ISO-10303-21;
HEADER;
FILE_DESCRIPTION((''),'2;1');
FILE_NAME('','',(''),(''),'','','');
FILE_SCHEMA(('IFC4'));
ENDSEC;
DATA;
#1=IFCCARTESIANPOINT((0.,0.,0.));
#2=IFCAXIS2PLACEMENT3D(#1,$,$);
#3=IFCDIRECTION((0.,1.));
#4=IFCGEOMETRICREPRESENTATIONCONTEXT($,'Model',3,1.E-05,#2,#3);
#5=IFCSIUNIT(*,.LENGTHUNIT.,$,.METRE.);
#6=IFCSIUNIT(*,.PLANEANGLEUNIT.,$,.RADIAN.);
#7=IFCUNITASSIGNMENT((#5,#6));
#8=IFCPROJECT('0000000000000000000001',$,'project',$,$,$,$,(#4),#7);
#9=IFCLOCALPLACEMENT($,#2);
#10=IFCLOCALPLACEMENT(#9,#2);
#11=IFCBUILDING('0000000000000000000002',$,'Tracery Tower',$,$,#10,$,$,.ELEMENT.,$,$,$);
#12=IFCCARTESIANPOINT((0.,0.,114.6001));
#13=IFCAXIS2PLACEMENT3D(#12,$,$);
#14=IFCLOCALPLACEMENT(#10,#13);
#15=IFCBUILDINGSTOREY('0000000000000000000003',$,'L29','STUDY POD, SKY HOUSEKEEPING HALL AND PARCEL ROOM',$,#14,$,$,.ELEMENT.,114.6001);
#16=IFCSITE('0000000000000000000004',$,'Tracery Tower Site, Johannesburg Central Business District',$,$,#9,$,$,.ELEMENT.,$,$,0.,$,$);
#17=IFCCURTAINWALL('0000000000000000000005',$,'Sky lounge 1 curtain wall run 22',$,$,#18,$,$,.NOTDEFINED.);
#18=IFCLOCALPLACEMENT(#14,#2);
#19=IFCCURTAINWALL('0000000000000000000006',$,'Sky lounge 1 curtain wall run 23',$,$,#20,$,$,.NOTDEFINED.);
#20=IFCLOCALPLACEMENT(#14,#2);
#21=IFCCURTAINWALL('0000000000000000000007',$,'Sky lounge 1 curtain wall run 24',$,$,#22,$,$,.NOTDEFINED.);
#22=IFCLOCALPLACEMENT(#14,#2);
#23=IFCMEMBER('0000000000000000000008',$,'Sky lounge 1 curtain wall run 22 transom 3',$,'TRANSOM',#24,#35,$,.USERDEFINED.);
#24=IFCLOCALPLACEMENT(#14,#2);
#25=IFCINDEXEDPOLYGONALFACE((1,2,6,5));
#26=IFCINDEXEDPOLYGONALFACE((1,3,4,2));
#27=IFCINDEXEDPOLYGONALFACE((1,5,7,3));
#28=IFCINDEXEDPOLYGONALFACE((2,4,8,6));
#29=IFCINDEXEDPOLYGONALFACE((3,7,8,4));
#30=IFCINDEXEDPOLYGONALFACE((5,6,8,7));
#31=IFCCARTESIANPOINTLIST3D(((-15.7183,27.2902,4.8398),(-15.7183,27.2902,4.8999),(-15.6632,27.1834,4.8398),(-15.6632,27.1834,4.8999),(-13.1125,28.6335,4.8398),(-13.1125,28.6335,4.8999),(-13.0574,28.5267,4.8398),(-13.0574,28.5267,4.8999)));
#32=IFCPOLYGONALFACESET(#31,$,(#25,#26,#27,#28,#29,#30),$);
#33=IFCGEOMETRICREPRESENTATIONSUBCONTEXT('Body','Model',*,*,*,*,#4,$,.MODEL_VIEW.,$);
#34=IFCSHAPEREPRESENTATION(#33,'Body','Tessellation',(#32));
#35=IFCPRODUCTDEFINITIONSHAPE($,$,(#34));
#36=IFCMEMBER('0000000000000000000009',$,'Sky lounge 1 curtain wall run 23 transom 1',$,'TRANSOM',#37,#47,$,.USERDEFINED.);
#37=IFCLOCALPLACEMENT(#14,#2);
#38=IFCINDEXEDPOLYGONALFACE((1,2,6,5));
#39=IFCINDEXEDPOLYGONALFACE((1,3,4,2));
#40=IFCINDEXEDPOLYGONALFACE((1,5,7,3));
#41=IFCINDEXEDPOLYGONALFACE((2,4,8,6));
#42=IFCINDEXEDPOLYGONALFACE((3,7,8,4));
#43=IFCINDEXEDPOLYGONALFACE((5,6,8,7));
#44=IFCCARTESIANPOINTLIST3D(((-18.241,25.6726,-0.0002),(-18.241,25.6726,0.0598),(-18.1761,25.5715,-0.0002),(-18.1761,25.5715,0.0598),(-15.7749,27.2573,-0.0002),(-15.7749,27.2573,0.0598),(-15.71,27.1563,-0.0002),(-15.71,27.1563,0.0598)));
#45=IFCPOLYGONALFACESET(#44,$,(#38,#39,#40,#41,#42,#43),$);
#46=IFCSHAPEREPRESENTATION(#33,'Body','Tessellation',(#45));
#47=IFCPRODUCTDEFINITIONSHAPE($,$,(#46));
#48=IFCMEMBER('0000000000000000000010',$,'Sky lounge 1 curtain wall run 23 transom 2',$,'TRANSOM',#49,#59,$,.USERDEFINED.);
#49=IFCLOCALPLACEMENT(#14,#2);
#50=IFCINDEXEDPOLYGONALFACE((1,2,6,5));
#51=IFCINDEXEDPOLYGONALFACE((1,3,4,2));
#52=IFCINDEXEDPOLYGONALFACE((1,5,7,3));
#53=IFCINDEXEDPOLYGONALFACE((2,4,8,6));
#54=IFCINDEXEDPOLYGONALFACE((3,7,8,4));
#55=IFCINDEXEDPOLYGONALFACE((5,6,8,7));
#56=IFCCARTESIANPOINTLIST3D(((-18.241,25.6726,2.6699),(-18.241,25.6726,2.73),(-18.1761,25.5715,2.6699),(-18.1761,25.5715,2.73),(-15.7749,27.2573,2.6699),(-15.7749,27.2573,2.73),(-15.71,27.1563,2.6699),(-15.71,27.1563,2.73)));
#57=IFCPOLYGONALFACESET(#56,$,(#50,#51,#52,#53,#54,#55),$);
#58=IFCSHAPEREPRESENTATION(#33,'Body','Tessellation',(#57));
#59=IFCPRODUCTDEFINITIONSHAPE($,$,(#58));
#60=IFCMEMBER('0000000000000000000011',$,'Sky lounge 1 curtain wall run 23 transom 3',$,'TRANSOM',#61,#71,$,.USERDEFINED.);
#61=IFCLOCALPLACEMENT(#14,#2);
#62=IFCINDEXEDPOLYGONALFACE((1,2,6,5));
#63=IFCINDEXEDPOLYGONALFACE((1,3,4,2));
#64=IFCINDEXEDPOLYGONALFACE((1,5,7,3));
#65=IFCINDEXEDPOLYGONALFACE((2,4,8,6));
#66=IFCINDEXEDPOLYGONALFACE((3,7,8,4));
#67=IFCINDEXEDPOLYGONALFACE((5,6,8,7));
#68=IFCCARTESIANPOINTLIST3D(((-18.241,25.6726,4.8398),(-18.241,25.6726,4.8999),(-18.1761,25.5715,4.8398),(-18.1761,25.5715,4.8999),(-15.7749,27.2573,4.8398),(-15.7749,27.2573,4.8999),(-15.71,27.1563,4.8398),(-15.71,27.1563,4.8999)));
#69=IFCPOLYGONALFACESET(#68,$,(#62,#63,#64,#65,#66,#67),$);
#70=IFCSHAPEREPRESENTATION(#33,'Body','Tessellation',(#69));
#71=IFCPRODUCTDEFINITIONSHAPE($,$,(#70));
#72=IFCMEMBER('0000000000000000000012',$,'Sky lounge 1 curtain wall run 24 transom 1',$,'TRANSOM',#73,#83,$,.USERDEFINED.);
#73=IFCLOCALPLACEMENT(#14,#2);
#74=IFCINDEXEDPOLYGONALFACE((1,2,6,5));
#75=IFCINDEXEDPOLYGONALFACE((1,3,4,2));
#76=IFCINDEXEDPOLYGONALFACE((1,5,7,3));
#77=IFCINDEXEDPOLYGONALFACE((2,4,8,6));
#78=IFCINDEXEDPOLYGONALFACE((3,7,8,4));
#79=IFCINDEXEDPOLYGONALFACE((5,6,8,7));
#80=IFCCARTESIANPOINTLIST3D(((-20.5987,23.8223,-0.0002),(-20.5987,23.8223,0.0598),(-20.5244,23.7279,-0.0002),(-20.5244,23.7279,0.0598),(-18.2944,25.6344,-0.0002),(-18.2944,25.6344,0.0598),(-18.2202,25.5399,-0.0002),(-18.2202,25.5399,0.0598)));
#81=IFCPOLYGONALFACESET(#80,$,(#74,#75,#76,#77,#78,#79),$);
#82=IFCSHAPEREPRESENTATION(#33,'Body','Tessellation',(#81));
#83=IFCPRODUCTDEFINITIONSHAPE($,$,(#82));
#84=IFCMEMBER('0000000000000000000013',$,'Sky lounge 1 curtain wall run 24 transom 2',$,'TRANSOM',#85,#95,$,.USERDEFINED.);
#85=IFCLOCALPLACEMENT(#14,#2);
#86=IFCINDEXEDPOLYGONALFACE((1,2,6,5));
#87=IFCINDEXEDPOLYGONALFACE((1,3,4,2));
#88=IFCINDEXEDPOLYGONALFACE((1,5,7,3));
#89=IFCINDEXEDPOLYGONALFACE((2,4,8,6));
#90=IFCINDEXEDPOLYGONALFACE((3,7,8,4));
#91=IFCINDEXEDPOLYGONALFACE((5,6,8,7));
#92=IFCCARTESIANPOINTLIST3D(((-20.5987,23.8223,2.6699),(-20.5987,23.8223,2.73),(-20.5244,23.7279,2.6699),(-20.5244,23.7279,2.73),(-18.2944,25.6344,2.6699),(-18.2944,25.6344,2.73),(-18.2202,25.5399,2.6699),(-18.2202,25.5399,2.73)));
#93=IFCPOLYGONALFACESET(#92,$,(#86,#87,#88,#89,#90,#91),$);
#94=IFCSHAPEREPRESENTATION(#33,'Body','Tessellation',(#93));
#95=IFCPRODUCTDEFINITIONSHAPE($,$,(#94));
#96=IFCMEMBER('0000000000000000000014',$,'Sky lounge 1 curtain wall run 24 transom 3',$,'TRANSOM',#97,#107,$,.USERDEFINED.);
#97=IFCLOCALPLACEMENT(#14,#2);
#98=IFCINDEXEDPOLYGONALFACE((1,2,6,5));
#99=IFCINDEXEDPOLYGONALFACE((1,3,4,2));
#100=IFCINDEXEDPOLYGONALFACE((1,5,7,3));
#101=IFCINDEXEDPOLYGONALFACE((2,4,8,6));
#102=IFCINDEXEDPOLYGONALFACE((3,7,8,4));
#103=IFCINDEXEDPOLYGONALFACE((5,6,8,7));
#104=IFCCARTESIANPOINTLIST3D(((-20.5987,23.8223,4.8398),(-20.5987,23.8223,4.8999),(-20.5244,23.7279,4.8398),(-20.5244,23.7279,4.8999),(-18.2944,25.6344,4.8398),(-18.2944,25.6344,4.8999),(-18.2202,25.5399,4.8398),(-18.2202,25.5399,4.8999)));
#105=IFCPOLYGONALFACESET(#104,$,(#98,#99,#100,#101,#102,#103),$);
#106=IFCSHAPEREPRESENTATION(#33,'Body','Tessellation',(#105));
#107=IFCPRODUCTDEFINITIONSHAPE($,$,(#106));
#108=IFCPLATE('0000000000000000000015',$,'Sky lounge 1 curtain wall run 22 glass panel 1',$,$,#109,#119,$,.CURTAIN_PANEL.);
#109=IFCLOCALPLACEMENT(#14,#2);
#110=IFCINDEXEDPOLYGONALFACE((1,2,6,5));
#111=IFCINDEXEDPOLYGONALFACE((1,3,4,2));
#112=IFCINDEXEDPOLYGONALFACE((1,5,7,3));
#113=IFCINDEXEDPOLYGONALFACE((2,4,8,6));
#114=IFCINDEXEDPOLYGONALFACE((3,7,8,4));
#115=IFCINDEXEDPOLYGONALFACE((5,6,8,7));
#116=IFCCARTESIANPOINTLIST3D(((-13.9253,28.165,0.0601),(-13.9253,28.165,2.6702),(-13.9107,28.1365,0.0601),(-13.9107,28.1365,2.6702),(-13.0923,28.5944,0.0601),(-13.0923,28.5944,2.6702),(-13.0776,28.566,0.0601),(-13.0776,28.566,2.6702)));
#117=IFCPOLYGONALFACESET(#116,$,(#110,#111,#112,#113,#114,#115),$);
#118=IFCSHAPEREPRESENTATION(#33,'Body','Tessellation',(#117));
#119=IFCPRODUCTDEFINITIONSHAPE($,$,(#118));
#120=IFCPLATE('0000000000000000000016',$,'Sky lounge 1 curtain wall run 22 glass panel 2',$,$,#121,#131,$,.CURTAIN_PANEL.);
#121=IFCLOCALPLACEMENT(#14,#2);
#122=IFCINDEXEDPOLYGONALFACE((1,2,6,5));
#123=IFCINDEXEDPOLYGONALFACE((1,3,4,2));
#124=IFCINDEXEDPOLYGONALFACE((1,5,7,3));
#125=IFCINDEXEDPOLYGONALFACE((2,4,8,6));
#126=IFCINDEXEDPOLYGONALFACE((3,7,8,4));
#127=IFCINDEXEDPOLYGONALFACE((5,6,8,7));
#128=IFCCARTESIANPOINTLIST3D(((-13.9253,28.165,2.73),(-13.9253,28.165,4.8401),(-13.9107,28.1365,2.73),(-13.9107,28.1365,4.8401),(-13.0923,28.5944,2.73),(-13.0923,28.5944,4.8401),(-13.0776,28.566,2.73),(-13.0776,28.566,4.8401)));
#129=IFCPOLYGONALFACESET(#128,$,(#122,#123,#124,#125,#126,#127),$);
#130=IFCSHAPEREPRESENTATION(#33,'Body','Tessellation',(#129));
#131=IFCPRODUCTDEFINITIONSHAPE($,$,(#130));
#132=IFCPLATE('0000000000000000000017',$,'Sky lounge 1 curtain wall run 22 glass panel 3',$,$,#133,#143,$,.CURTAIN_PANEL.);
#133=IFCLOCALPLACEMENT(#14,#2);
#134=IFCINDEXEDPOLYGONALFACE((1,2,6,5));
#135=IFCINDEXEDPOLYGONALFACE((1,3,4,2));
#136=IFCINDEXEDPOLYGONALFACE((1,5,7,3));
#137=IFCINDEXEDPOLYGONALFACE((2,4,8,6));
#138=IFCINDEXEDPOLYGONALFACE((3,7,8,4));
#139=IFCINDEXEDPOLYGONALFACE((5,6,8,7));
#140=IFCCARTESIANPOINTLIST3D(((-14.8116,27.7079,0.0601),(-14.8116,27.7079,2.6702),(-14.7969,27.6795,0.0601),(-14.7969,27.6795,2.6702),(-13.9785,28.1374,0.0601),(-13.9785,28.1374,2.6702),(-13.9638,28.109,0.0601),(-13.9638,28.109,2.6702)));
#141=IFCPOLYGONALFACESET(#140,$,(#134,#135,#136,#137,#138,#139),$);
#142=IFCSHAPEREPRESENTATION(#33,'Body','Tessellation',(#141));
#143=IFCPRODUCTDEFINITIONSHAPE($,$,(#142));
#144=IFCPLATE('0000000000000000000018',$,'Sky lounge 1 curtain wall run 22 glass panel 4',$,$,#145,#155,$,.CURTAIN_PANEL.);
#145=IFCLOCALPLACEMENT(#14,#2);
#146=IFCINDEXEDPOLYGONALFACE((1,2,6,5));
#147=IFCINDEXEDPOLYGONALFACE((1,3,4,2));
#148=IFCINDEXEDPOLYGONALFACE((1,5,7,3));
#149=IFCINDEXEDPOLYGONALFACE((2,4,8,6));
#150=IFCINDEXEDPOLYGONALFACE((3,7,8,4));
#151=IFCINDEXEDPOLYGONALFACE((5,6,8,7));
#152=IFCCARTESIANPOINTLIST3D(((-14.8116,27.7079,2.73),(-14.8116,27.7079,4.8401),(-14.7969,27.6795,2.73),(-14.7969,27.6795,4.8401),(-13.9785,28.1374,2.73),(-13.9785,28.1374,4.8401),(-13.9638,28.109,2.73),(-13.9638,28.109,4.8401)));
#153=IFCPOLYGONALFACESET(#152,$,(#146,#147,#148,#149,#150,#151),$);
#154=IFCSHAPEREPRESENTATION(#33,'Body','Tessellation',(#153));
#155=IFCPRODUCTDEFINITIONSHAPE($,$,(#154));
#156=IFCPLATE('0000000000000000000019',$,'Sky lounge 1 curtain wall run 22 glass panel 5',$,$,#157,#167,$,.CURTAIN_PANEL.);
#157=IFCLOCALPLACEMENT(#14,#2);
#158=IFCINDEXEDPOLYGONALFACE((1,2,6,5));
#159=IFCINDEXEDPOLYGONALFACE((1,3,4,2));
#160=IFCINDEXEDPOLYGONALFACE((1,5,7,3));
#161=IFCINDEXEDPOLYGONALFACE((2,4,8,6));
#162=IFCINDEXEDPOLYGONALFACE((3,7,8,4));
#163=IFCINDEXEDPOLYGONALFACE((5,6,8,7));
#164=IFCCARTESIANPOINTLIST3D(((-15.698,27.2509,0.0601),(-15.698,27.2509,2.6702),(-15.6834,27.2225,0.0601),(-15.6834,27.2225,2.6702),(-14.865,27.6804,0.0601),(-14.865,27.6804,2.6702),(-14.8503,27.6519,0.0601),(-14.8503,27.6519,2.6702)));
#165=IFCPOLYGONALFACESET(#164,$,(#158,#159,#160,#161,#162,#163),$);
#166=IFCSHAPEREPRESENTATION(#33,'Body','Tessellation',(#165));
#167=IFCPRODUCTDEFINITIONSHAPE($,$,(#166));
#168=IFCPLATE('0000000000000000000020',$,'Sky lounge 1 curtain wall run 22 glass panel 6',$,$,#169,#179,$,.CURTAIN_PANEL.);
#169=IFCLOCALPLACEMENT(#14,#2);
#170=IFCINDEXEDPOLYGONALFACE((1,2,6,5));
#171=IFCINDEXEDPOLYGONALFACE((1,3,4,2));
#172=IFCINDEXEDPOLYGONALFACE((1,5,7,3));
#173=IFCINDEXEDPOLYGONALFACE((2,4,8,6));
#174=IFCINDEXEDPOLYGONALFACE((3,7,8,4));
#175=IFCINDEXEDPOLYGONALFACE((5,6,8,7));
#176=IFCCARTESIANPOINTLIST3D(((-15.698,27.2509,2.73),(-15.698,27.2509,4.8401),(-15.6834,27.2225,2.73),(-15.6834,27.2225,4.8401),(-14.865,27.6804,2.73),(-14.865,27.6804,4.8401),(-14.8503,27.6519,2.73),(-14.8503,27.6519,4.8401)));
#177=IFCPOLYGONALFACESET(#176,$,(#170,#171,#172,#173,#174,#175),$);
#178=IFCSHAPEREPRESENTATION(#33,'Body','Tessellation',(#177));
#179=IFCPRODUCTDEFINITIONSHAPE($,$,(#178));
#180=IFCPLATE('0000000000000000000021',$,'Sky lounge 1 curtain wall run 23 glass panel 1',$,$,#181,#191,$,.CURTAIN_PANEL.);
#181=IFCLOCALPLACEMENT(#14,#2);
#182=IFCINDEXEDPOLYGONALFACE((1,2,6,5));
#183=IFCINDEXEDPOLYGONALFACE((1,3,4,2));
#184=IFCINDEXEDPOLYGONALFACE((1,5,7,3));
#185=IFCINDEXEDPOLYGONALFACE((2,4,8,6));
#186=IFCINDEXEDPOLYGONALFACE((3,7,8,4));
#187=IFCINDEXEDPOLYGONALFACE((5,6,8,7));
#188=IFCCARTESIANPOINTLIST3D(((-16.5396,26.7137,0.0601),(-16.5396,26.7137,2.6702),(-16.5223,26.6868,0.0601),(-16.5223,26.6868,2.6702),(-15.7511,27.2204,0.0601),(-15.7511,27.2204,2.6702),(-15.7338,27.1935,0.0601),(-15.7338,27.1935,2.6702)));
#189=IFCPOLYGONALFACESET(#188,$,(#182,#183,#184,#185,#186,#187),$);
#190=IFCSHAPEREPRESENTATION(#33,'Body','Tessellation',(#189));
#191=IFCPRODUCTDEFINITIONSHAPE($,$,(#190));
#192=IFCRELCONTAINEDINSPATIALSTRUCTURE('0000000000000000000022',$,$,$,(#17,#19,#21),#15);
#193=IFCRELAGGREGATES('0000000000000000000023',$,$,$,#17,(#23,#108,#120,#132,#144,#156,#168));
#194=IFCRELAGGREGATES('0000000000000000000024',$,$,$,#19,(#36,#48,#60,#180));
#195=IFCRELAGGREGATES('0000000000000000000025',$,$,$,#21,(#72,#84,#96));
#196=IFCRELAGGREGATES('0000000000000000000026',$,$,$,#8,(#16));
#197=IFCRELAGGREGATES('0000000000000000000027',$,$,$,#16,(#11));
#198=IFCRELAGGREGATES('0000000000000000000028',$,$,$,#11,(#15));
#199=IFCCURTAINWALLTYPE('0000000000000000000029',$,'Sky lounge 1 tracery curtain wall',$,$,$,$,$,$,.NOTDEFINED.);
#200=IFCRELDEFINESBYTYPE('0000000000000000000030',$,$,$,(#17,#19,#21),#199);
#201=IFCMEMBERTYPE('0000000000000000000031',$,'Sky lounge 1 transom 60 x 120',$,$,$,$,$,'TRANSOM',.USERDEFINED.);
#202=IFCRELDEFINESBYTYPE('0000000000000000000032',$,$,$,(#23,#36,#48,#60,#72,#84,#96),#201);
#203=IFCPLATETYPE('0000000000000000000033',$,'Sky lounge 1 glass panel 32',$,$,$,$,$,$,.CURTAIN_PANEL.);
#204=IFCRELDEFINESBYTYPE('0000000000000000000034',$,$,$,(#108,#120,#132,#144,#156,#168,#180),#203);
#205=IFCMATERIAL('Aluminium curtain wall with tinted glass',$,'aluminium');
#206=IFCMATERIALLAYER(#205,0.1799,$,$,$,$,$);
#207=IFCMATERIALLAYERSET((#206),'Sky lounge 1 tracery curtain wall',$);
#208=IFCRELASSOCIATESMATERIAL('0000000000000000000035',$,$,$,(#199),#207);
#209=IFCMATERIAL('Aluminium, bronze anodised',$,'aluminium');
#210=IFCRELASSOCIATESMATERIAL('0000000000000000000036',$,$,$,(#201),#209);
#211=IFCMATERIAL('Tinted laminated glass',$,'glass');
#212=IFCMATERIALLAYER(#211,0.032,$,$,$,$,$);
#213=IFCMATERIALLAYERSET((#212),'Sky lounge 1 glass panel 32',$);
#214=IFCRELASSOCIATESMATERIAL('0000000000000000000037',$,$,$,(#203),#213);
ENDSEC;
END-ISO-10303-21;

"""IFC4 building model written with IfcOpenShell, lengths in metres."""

from ifc_helpers import new_model, si_unit, direction, frame, origin, origin_2d, place, context, subcontext, project, spatial, rectangle, extrude, material, layer, layer_set, material_profile, profile_set, type_object, element, aggregate, save


model = new_model("IFC4")

# Units and contexts
model_context = context("Model", 3, precision=1e-05, world=origin(), true_north=direction((0.0, 1.0)))
body_context = subcontext(model_context, "Body", "Model", "MODEL_VIEW")
ifc_project = project(units=[si_unit("LENGTHUNIT", "METRE"), si_unit("PLANEANGLEUNIT", "RADIAN")], contexts=[model_context])

# Site, building, storey
site_placement = place(None, origin())
site = spatial("IfcSite", under=ifc_project, at=site_placement, Name="Tracery Tower Site, Johannesburg Central Business District", CompositionType="ELEMENT", RefElevation=0.0)
building_placement = place(site_placement, origin())
building = spatial("IfcBuilding", under=site, at=building_placement, Name="Tracery Tower", CompositionType="ELEMENT")
storey_placement = place(building_placement, frame((0.0, 0.0, 114.6001)))
storey = spatial("IfcBuildingStorey", under=building, at=storey_placement, Name="L29", Description="STUDY POD, SKY HOUSEKEEPING HALL AND PARCEL ROOM", CompositionType="ELEMENT", Elevation=114.6001)

# Curtain walls
ifc_material_1 = material(Name="Aluminium curtain wall with tinted glass", Category="aluminium")
ifc_layer_1 = layer(ifc_material_1, 0.1799)
ifc_layer_set_1 = layer_set([ifc_layer_1], Name="Sky lounge 1 tracery curtain wall")
curtain_wall_type = type_object("IfcCurtainWallType", Name="Sky lounge 1 tracery curtain wall", PredefinedType="NOTDEFINED", material=ifc_layer_set_1)
curtain_wall_1_placement = place(storey_placement, origin())
curtain_wall_1 = element("IfcCurtainWall", 1, at=curtain_wall_1_placement, inside=storey, type_object=curtain_wall_type, Name="Sky lounge 1 curtain wall run 22", PredefinedType="NOTDEFINED")
curtain_wall_2_placement = place(storey_placement, origin())
curtain_wall_2 = element("IfcCurtainWall", 2, at=curtain_wall_2_placement, inside=storey, type_object=curtain_wall_type, Name="Sky lounge 1 curtain wall run 23", PredefinedType="NOTDEFINED")
curtain_wall_3_placement = place(storey_placement, origin())
curtain_wall_3 = element("IfcCurtainWall", 3, at=curtain_wall_3_placement, inside=storey, type_object=curtain_wall_type, Name="Sky lounge 1 curtain wall run 24", PredefinedType="NOTDEFINED")

# Members
ifc_material_2 = material(Name="Aluminium, bronze anodised", Category="aluminium")
ifc_material_profile_1 = material_profile(ifc_material_2, rectangle(XDim=0.1201, YDim=0.0601, at=origin_2d()), Name="AL 60x120")
ifc_profile_set_1 = profile_set([ifc_material_profile_1], Name="Aluminium, bronze anodised")
member_type_1 = type_object("IfcMemberType", Name="Sky lounge 1 transom 60 x 120", ElementType="TRANSOM", PredefinedType="USERDEFINED", material=ifc_profile_set_1)
member_1_placement = place(storey_placement, frame((-13.085, 28.5801, 4.8699), z_axis=(-0.888846, -0.458206, 0.0), x_axis=(0.458206, -0.888846, 0.0)))
member_1 = element("IfcMember", 4, at=member_1_placement, type_object=member_type_1, Name="Sky lounge 1 curtain wall run 22 transom 3", ObjectType="TRANSOM", PredefinedType="USERDEFINED", context=body_context, shape_type="SweptSolid", body=[
    extrude(rectangle(XDim=0.1201, YDim=0.0601, at=origin_2d()), origin(), (0.0, 0.0, 1.0), 2.9316),
])
member_2_placement = place(storey_placement, frame((-15.7424, 27.2068, 0.0298), z_axis=(-0.841273, -0.54061, 0.0), x_axis=(0.54061, -0.841273, 0.0)))
member_2 = element("IfcMember", 5, at=member_2_placement, type_object=member_type_1, Name="Sky lounge 1 curtain wall run 23 transom 1", ObjectType="TRANSOM", PredefinedType="USERDEFINED", context=body_context, shape_type="SweptSolid", body=[
    extrude(rectangle(XDim=0.1201, YDim=0.0601, at=origin_2d()), origin(), (0.0, 0.0, 1.0), 2.9314),
])
member_3_placement = place(storey_placement, frame((-15.7424, 27.2068, 2.7), z_axis=(-0.841273, -0.54061, 0.0), x_axis=(0.54061, -0.841273, 0.0)))
member_3 = element("IfcMember", 6, at=member_3_placement, type_object=member_type_1, Name="Sky lounge 1 curtain wall run 23 transom 2", ObjectType="TRANSOM", PredefinedType="USERDEFINED", context=body_context, shape_type="SweptSolid", body=[
    extrude(rectangle(XDim=0.1201, YDim=0.0601, at=origin_2d()), origin(), (0.0, 0.0, 1.0), 2.9314),
])
member_4_placement = place(storey_placement, frame((-15.7424, 27.2068, 4.8699), z_axis=(-0.841273, -0.54061, 0.0), x_axis=(0.54061, -0.841273, 0.0)))
member_4 = element("IfcMember", 7, at=member_4_placement, type_object=member_type_1, Name="Sky lounge 1 curtain wall run 23 transom 3", ObjectType="TRANSOM", PredefinedType="USERDEFINED", context=body_context, shape_type="SweptSolid", body=[
    extrude(rectangle(XDim=0.1201, YDim=0.0601, at=origin_2d()), origin(), (0.0, 0.0, 1.0), 2.9314),
])
member_5_placement = place(storey_placement, frame((-18.2573, 25.5872, 0.0298), z_axis=(-0.786058, -0.618153, 0.0), x_axis=(0.618153, -0.786058, 0.0)))
member_5 = element("IfcMember", 8, at=member_5_placement, type_object=member_type_1, Name="Sky lounge 1 curtain wall run 24 transom 1", ObjectType="TRANSOM", PredefinedType="USERDEFINED", context=body_context, shape_type="SweptSolid", body=[
    extrude(rectangle(XDim=0.1201, YDim=0.0601, at=origin_2d()), origin(), (0.0, 0.0, 1.0), 2.9314),
])
member_6_placement = place(storey_placement, frame((-18.2573, 25.5872, 2.7), z_axis=(-0.786058, -0.618153, 0.0), x_axis=(0.618153, -0.786058, 0.0)))
member_6 = element("IfcMember", 9, at=member_6_placement, type_object=member_type_1, Name="Sky lounge 1 curtain wall run 24 transom 2", ObjectType="TRANSOM", PredefinedType="USERDEFINED", context=body_context, shape_type="SweptSolid", body=[
    extrude(rectangle(XDim=0.1201, YDim=0.0601, at=origin_2d()), origin(), (0.0, 0.0, 1.0), 2.9314),
])
member_7_placement = place(storey_placement, frame((-18.2573, 25.5872, 4.8699), z_axis=(-0.786058, -0.618153, 0.0), x_axis=(0.618153, -0.786058, 0.0)))
member_7 = element("IfcMember", 10, at=member_7_placement, type_object=member_type_1, Name="Sky lounge 1 curtain wall run 24 transom 3", ObjectType="TRANSOM", PredefinedType="USERDEFINED", context=body_context, shape_type="SweptSolid", body=[
    extrude(rectangle(XDim=0.1201, YDim=0.0601, at=origin_2d()), origin(), (0.0, 0.0, 1.0), 2.9314),
])

# Plates
ifc_material_3 = material(Name="Tinted laminated glass", Category="glass")
ifc_layer_2 = layer(ifc_material_3, 0.032)
ifc_layer_set_2 = layer_set([ifc_layer_2], Name="Sky lounge 1 glass panel 32")
plate_type = type_object("IfcPlateType", Name="Sky lounge 1 glass panel 32", PredefinedType="CURTAIN_PANEL", material=ifc_layer_set_2)
plate_1_placement = place(storey_placement, frame((-13.5015, 28.3655, 0.0601), z_axis=(0.0, 0.0, 1.0), x_axis=(-0.888835, -0.458227, 0.0)))
plate_1 = element("IfcPlate", 11, at=plate_1_placement, type_object=plate_type, Name="Sky lounge 1 curtain wall run 22 glass panel 1", PredefinedType="CURTAIN_PANEL", context=body_context, shape_type="SweptSolid", body=[
    extrude(rectangle(XDim=0.9373, YDim=0.032, at=origin_2d()), origin(), (0.0, 0.0, 1.0), 2.6101),
])
plate_2_placement = place(storey_placement, frame((-13.5015, 28.3655, 2.73), z_axis=(0.0, 0.0, 1.0), x_axis=(-0.888835, -0.458227, 0.0)))
plate_2 = element("IfcPlate", 12, at=plate_2_placement, type_object=plate_type, Name="Sky lounge 1 curtain wall run 22 glass panel 2", PredefinedType="CURTAIN_PANEL", context=body_context, shape_type="SweptSolid", body=[
    extrude(rectangle(XDim=0.9373, YDim=0.032, at=origin_2d()), origin(), (0.0, 0.0, 1.0), 2.1101),
])
plate_3_placement = place(storey_placement, frame((-14.3877, 27.9084, 0.0601), z_axis=(0.0, 0.0, 1.0), x_axis=(-0.888835, -0.458227, 0.0)))
plate_3 = element("IfcPlate", 13, at=plate_3_placement, type_object=plate_type, Name="Sky lounge 1 curtain wall run 22 glass panel 3", PredefinedType="CURTAIN_PANEL", context=body_context, shape_type="SweptSolid", body=[
    extrude(rectangle(XDim=0.9373, YDim=0.032, at=origin_2d()), origin(), (0.0, 0.0, 1.0), 2.6101),
])
plate_4_placement = place(storey_placement, frame((-14.3877, 27.9084, 2.73), z_axis=(0.0, 0.0, 1.0), x_axis=(-0.888835, -0.458227, 0.0)))
plate_4 = element("IfcPlate", 14, at=plate_4_placement, type_object=plate_type, Name="Sky lounge 1 curtain wall run 22 glass panel 4", PredefinedType="CURTAIN_PANEL", context=body_context, shape_type="SweptSolid", body=[
    extrude(rectangle(XDim=0.9373, YDim=0.032, at=origin_2d()), origin(), (0.0, 0.0, 1.0), 2.1101),
])
plate_5_placement = place(storey_placement, frame((-15.2742, 27.4514, 0.0601), z_axis=(0.0, 0.0, 1.0), x_axis=(-0.888835, -0.458227, 0.0)))
plate_5 = element("IfcPlate", 15, at=plate_5_placement, type_object=plate_type, Name="Sky lounge 1 curtain wall run 22 glass panel 5", PredefinedType="CURTAIN_PANEL", context=body_context, shape_type="SweptSolid", body=[
    extrude(rectangle(XDim=0.9373, YDim=0.032, at=origin_2d()), origin(), (0.0, 0.0, 1.0), 2.6101),
])
plate_6_placement = place(storey_placement, frame((-15.2742, 27.4514, 2.73), z_axis=(0.0, 0.0, 1.0), x_axis=(-0.888835, -0.458227, 0.0)))
plate_6 = element("IfcPlate", 16, at=plate_6_placement, type_object=plate_type, Name="Sky lounge 1 curtain wall run 22 glass panel 6", PredefinedType="CURTAIN_PANEL", context=body_context, shape_type="SweptSolid", body=[
    extrude(rectangle(XDim=0.9373, YDim=0.032, at=origin_2d()), origin(), (0.0, 0.0, 1.0), 2.1101),
])
aggregate(curtain_wall_1, [member_1, plate_1, plate_2, plate_3, plate_4, plate_5, plate_6])
plate_7_placement = place(storey_placement, frame((-16.1367, 26.9536, 0.0601), z_axis=(0.0, 0.0, 1.0), x_axis=(-0.841254, -0.540641, 0.0)))
plate_7 = element("IfcPlate", 17, at=plate_7_placement, type_object=plate_type, Name="Sky lounge 1 curtain wall run 23 glass panel 1", PredefinedType="CURTAIN_PANEL", context=body_context, shape_type="SweptSolid", body=[
    extrude(rectangle(XDim=0.9373, YDim=0.032, at=origin_2d()), origin(), (0.0, 0.0, 1.0), 2.6101),
])
aggregate(curtain_wall_2, [member_2, member_3, member_4, plate_7])
aggregate(curtain_wall_3, [member_5, member_6, member_7])

save(model, "model.ifc")
